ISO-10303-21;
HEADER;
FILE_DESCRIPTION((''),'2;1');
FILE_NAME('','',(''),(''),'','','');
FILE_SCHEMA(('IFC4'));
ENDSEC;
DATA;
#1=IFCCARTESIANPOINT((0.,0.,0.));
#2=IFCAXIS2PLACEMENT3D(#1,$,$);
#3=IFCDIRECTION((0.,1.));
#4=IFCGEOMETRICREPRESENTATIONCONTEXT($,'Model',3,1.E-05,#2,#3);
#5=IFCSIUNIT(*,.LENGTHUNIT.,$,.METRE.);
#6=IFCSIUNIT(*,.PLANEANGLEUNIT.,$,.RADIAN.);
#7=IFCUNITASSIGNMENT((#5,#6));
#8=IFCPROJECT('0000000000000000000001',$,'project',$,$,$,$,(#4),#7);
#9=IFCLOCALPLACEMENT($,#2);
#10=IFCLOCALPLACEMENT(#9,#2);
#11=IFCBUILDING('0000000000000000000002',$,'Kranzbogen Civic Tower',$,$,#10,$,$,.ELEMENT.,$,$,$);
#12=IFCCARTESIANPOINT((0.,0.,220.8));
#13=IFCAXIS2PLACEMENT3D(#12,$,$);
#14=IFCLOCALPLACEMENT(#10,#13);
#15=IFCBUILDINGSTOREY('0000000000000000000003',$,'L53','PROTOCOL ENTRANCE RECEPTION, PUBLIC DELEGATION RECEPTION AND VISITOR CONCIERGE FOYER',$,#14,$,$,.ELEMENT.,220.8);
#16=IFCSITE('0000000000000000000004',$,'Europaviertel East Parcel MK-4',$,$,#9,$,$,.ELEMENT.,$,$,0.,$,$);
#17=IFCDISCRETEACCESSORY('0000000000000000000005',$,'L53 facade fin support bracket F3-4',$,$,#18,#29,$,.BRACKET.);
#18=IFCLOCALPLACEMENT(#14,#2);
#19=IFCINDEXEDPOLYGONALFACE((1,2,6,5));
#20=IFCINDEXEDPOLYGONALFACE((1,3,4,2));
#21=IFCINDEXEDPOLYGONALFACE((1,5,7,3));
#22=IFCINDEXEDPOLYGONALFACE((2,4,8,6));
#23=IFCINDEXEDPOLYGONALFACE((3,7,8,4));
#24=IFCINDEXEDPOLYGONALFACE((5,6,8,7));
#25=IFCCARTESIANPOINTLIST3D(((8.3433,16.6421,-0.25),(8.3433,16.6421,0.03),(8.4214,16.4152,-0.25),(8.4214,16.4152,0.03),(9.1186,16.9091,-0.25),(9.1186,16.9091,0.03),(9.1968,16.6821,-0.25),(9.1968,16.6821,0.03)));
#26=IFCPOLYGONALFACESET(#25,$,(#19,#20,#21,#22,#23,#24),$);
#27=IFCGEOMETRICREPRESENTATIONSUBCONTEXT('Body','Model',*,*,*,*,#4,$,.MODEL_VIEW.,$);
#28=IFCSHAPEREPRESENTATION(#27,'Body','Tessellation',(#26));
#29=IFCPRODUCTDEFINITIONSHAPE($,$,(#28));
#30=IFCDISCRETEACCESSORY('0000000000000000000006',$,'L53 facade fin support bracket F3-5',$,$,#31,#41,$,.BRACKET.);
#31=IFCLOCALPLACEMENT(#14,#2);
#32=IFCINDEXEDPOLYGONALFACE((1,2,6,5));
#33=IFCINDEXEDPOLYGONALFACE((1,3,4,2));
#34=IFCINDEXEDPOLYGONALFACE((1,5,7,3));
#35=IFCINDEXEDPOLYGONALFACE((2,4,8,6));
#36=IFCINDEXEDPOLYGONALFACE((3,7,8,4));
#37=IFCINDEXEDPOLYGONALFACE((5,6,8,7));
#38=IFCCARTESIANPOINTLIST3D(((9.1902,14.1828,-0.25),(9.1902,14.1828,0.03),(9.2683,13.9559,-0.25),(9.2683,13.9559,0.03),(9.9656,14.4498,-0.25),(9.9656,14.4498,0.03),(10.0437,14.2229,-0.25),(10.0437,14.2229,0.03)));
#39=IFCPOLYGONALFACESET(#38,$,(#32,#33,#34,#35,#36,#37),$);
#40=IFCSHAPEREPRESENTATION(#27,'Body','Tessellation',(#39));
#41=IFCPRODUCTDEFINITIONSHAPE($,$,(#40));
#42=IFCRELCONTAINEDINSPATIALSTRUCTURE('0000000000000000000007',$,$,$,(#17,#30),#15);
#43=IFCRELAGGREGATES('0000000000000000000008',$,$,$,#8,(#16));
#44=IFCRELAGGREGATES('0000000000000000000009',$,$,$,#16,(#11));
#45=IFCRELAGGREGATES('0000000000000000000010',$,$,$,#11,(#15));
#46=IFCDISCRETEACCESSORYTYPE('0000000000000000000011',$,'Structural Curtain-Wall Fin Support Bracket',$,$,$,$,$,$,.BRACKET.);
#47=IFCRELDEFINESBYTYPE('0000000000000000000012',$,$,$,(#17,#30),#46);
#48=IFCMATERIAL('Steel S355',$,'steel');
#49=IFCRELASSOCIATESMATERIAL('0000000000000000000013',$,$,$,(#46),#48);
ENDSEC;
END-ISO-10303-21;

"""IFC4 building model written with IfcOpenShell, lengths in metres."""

from ifc_helpers import new_model, si_unit, direction, frame, origin, origin_2d, place, context, subcontext, project, spatial, rectangle, extrude, material, type_object, element, save


model = new_model("IFC4")

# Units and contexts
model_context = context("Model", 3, precision=1e-05, world=origin(), true_north=direction((0.0, 1.0)))
body_context = subcontext(model_context, "Body", "Model", "MODEL_VIEW")
ifc_project = project(units=[si_unit("LENGTHUNIT", "METRE"), si_unit("PLANEANGLEUNIT", "RADIAN")], contexts=[model_context])

# Site, building, storey
site_placement = place(None, origin())
site = spatial("IfcSite", under=ifc_project, at=site_placement, Name="Europaviertel East Parcel MK-4", CompositionType="ELEMENT", RefElevation=0.0)
building_placement = place(site_placement, origin())
building = spatial("IfcBuilding", under=site, at=building_placement, Name="Kranzbogen Civic Tower", CompositionType="ELEMENT")
storey_placement = place(building_placement, frame((0.0, 0.0, 220.8)))
storey = spatial("IfcBuildingStorey", under=building, at=storey_placement, Name="L53", Description="PROTOCOL ENTRANCE RECEPTION, PUBLIC DELEGATION RECEPTION AND VISITOR CONCIERGE FOYER", CompositionType="ELEMENT", Elevation=220.8)

# Shared definitions
ifc_material_1 = material(Name="Steel S355", Category="steel")

# Discrete accessories
discrete_accessory_type = type_object("IfcDiscreteAccessoryType", Name="Structural Curtain-Wall Fin Support Bracket", PredefinedType="BRACKET", material=ifc_material_1)
for number, where, z_axis, x_axis, name in (
    (1, (8.77, 16.6621, -0.25), (0.0, 0.0, 1.0), (-0.945519, -0.325568, 0.0), "L53 facade fin support bracket F3-4"),
    (2, (9.6169, 14.2029, -0.25), (0.0, 0.0, 1.0), (-0.945519, -0.325568, 0.0), "L53 facade fin support bracket F3-5"),
):
    element("IfcDiscreteAccessory", number, at=place(storey_placement, frame(where, z_axis=z_axis, x_axis=x_axis)), inside=storey, type_object=discrete_accessory_type, Name=name, PredefinedType="BRACKET", context=body_context, shape_type="SweptSolid", body=[
        extrude(rectangle(XDim=0.8201, YDim=0.24, at=origin_2d()), origin(), (0.0, 0.0, 1.0), 0.28),
    ])

save(model, "model.ifc")
